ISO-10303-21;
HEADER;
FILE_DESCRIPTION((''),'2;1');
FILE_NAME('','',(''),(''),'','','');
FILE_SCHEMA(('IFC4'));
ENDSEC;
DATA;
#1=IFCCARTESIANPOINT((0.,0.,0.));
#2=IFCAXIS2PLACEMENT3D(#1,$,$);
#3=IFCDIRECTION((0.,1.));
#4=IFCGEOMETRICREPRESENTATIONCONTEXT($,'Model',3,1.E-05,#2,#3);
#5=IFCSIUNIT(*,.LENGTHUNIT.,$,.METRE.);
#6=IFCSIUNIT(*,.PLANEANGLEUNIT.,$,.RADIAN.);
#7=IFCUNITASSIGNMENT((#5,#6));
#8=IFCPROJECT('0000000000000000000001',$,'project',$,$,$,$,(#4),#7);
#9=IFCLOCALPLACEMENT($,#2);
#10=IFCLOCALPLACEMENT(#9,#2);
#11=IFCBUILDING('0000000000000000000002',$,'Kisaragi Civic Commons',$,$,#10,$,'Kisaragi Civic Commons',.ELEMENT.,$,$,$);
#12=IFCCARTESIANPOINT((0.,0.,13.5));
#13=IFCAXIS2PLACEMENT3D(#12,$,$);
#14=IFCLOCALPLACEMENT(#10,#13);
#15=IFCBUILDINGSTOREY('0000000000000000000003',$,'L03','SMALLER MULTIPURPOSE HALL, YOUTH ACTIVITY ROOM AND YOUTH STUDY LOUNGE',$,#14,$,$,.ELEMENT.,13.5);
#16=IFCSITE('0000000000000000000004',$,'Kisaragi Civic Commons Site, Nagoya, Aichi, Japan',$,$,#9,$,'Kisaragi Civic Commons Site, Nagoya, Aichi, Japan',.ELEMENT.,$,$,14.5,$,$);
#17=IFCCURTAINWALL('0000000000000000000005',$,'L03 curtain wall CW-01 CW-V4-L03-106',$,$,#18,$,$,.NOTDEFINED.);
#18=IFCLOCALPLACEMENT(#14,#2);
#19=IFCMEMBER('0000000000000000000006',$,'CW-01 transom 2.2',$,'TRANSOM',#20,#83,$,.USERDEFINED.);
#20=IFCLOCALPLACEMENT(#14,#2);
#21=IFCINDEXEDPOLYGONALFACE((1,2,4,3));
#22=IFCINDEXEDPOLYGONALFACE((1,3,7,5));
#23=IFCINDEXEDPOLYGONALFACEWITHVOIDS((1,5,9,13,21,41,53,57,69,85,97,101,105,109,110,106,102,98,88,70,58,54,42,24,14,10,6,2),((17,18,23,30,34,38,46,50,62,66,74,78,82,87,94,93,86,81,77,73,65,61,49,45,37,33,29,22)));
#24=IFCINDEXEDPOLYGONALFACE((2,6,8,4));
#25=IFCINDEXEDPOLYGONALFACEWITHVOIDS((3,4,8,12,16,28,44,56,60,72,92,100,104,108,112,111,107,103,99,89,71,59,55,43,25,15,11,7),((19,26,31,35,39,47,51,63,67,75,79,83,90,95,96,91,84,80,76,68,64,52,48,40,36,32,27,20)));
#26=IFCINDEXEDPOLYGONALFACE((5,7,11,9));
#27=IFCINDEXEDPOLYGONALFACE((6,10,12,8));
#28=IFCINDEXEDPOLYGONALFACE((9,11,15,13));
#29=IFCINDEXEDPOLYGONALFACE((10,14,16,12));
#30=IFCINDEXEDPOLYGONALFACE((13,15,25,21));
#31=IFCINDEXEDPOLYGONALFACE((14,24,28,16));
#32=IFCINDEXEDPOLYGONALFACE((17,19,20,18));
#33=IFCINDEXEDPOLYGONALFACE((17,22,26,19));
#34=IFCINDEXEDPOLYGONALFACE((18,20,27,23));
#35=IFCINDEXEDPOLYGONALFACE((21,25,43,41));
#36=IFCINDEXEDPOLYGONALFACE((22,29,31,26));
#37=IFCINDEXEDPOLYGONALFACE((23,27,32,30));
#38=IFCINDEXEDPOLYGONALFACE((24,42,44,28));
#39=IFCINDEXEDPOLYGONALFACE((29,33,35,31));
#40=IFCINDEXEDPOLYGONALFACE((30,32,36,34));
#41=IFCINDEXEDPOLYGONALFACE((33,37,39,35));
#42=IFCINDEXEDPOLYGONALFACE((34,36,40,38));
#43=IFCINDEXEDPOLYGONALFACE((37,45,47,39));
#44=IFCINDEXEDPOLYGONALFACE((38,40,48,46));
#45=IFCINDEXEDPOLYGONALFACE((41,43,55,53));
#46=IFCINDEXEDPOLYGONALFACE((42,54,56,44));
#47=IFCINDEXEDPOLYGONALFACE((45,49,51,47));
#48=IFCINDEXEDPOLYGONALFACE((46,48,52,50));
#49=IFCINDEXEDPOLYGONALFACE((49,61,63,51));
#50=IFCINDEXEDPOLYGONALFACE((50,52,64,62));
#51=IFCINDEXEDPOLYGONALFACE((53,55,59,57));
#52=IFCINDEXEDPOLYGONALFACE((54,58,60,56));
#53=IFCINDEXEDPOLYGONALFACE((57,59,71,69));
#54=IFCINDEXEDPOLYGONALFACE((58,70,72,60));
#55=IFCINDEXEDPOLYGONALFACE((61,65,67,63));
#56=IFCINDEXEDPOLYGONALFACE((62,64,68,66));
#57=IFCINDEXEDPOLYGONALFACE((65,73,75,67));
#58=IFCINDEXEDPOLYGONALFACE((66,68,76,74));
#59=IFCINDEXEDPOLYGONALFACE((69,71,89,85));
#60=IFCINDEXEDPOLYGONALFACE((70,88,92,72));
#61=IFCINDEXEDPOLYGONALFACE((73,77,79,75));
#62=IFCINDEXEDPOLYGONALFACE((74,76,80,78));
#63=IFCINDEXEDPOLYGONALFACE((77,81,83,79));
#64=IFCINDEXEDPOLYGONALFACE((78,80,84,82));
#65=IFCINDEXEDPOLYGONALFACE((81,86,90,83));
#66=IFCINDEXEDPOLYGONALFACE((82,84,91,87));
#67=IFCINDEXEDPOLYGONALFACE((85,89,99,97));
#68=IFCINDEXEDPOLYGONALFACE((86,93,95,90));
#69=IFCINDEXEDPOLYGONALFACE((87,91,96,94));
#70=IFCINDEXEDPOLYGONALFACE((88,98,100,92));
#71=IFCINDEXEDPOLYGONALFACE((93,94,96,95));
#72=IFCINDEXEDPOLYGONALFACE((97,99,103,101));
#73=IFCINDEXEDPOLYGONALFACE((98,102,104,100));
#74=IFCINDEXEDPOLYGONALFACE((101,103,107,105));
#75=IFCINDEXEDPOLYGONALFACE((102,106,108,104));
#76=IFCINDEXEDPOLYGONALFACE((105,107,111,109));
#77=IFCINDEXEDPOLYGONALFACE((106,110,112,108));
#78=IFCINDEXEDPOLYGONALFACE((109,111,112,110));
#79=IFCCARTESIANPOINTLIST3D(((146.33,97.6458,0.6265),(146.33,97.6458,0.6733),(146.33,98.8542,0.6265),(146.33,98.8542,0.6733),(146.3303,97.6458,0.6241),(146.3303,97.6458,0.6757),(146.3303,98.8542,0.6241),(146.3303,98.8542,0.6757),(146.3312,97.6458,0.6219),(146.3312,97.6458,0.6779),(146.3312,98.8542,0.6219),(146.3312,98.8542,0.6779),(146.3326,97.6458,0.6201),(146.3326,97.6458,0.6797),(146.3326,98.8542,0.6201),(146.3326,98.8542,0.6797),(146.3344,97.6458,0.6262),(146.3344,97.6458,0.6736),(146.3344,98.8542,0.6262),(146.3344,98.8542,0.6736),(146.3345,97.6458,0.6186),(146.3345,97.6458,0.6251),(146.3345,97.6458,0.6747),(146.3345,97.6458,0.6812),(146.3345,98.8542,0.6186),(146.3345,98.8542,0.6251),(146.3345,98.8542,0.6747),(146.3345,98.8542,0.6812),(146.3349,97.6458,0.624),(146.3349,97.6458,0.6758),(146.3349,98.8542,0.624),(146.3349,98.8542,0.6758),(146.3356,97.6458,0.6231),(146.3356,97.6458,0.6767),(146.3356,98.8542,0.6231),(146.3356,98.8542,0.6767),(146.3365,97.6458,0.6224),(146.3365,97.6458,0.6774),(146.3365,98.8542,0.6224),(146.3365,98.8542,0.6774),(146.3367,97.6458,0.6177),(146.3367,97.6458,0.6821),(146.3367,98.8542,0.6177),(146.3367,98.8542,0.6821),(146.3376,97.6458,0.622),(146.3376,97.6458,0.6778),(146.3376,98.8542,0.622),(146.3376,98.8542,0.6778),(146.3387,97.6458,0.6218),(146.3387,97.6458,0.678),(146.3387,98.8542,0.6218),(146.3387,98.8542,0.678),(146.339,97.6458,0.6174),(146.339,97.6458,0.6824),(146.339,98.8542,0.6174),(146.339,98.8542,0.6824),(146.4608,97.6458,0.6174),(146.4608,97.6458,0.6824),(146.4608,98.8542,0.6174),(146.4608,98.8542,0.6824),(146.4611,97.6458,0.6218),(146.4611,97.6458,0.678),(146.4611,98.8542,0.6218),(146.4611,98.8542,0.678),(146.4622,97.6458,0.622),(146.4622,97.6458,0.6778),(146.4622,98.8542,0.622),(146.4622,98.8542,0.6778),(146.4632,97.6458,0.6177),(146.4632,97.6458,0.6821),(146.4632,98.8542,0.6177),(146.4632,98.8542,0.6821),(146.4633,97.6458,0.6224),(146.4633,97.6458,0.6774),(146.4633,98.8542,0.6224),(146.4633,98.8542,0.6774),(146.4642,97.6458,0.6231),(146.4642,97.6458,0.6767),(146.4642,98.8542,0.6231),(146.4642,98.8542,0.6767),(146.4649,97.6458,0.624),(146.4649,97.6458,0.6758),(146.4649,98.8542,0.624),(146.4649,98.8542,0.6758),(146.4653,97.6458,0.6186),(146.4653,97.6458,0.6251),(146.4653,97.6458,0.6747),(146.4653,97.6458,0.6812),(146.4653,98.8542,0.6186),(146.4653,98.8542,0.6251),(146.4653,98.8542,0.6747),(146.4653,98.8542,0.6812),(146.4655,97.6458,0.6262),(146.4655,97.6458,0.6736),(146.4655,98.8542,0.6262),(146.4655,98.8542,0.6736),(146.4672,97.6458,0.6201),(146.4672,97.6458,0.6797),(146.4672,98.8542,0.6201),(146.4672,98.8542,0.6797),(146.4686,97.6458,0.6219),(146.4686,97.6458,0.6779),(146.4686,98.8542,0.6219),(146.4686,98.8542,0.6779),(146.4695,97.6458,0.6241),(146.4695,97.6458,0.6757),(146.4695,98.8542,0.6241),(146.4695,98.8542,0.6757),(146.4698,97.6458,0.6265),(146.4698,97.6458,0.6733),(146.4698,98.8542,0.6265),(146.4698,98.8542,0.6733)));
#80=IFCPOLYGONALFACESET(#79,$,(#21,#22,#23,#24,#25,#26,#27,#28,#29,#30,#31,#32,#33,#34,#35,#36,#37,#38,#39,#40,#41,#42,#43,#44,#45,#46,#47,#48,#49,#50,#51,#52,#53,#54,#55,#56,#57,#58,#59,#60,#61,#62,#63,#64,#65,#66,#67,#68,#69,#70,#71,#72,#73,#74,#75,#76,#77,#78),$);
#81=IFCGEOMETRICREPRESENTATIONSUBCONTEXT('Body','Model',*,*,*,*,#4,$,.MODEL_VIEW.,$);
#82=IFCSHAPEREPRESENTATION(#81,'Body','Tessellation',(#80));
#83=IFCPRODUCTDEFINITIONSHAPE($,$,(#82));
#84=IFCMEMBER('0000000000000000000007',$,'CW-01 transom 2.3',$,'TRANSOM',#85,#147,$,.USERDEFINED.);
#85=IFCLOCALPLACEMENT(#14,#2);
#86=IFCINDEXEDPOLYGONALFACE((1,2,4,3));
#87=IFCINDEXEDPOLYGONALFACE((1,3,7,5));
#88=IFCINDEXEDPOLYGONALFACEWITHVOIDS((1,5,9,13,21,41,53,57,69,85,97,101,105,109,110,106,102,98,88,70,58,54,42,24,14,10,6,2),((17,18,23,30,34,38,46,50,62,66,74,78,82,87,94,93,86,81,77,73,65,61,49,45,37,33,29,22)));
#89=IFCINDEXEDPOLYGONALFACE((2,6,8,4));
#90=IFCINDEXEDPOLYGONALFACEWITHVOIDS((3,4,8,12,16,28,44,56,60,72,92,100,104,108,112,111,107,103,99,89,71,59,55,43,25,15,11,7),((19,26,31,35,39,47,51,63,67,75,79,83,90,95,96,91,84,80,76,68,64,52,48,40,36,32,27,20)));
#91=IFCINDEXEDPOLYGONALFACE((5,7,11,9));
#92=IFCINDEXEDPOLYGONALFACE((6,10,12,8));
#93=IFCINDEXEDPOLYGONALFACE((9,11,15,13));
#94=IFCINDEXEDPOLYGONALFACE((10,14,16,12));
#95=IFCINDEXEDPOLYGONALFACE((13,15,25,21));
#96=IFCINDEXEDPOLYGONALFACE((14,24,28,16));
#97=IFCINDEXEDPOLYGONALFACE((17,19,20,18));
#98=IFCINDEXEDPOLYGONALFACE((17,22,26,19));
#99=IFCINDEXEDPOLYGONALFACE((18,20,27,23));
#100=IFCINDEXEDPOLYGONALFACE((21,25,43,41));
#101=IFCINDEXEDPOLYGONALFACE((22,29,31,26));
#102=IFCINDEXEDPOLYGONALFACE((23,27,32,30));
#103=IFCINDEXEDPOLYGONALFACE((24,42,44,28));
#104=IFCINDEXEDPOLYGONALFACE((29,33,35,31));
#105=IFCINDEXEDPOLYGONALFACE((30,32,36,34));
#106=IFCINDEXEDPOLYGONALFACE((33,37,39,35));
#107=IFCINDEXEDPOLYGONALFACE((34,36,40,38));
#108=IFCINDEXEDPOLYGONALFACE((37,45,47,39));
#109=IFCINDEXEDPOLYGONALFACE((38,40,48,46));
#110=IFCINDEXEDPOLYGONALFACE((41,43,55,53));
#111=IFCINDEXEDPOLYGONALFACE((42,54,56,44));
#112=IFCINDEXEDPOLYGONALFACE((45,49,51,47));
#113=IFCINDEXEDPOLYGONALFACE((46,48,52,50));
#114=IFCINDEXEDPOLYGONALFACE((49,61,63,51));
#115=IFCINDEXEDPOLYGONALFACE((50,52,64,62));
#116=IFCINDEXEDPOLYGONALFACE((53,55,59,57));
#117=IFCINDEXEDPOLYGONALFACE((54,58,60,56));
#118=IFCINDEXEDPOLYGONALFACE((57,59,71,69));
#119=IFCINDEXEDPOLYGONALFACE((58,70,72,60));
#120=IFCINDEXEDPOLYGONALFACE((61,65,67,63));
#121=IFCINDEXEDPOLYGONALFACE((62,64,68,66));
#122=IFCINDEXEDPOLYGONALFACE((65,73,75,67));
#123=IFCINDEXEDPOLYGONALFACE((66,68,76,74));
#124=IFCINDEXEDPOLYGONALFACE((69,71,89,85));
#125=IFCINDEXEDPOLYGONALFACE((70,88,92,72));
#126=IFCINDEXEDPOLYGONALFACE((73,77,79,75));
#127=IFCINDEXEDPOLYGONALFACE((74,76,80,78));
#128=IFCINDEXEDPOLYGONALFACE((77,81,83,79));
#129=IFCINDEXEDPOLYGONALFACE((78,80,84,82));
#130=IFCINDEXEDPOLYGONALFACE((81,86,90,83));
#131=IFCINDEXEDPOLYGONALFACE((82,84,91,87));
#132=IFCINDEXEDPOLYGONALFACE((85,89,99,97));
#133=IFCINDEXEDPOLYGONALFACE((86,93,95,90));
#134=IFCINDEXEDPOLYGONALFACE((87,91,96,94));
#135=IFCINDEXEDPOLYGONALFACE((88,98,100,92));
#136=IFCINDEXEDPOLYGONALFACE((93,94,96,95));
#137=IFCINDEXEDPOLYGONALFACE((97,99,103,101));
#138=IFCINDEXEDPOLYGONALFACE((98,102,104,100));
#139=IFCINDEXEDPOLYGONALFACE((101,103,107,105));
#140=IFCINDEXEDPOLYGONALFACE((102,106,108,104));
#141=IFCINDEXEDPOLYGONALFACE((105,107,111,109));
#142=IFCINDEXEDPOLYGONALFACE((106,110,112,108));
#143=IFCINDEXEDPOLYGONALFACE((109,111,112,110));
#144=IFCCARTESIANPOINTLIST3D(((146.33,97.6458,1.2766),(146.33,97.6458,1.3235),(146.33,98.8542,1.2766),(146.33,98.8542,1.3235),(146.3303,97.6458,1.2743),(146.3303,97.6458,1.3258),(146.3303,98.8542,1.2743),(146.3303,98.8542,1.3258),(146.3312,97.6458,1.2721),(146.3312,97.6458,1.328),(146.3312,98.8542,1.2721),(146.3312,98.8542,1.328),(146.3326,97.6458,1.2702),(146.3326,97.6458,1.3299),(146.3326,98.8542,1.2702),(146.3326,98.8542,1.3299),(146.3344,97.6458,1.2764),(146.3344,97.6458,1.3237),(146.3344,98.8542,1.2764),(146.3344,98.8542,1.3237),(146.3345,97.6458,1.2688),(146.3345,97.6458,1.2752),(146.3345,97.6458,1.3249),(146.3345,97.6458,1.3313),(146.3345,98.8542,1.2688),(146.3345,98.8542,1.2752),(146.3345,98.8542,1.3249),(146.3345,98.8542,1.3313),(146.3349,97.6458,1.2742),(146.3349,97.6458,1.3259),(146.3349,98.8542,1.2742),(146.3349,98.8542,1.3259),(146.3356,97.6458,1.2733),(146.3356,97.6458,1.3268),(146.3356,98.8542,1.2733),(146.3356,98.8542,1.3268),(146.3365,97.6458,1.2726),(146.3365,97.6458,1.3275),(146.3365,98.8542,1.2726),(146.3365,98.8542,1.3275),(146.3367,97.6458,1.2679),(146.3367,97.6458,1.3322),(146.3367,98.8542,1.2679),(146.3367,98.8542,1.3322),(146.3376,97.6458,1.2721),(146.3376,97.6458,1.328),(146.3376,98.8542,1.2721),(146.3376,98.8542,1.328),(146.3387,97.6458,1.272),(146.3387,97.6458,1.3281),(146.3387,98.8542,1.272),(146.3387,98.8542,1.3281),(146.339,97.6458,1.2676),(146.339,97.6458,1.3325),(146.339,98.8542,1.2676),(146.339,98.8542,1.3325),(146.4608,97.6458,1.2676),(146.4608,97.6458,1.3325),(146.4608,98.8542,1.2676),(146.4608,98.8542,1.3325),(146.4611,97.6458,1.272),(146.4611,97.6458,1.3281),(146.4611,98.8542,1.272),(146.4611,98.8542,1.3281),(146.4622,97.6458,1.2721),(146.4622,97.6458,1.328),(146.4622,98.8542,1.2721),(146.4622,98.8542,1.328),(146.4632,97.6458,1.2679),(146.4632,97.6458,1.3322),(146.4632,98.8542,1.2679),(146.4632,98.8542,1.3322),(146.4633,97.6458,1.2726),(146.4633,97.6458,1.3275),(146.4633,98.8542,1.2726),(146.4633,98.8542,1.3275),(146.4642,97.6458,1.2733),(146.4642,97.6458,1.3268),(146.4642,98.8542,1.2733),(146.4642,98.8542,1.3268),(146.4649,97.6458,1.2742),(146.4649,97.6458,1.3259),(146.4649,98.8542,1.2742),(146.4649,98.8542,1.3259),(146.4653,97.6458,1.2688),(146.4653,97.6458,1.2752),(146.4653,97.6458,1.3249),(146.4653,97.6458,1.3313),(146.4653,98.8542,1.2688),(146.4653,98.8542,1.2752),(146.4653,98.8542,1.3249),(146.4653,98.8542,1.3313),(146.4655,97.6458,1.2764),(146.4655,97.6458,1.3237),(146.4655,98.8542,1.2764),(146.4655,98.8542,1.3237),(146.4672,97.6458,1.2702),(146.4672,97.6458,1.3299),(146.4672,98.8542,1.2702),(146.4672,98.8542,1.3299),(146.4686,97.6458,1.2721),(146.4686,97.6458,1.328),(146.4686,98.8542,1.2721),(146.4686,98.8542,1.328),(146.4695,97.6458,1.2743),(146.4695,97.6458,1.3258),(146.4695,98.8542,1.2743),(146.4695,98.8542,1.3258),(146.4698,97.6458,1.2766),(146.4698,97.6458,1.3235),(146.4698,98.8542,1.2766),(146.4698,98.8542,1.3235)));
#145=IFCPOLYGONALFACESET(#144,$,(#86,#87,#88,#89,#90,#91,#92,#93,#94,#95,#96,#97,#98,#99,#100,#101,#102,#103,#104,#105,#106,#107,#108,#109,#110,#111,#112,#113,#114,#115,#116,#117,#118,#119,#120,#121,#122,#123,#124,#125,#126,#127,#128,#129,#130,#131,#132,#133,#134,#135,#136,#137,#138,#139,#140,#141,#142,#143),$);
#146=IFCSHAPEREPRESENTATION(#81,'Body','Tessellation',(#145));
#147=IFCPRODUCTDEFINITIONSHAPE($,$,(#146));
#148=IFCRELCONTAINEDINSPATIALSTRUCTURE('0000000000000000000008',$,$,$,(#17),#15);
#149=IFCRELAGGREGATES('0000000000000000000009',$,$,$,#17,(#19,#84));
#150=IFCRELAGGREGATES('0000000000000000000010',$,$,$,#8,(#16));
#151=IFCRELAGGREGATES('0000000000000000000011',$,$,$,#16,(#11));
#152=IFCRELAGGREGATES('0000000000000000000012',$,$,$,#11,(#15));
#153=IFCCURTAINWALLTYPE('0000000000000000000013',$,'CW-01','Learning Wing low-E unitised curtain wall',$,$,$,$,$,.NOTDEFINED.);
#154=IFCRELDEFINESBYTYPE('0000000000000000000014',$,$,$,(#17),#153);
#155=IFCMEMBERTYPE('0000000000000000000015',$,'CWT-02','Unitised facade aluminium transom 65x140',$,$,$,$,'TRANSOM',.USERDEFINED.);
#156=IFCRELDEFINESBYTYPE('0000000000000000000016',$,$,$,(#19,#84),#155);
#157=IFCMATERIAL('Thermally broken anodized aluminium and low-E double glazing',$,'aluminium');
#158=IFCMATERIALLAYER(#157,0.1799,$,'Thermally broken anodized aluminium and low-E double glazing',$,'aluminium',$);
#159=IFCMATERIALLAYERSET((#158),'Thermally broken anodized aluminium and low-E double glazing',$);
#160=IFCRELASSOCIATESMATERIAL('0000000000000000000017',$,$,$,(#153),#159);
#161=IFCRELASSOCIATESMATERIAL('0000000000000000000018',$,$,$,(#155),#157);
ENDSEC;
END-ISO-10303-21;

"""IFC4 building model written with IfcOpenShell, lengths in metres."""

from ifc_helpers import new_model, si_unit, direction, frame, origin, origin_2d, place, context, subcontext, project, spatial, hollow_rectangle, extrude, material, layer, layer_set, material_profile, profile_set, type_object, element, aggregate, save


model = new_model("IFC4")

# Units and contexts
model_context = context("Model", 3, precision=1e-05, world=origin(), true_north=direction((0.0, 1.0)))
body_context = subcontext(model_context, "Body", "Model", "MODEL_VIEW")
ifc_project = project(units=[si_unit("LENGTHUNIT", "METRE"), si_unit("PLANEANGLEUNIT", "RADIAN")], contexts=[model_context])

# Site, building, storey
site_placement = place(None, origin())
site = spatial("IfcSite", under=ifc_project, at=site_placement, Name="Kisaragi Civic Commons Site, Nagoya, Aichi, Japan", LongName="Kisaragi Civic Commons Site, Nagoya, Aichi, Japan", CompositionType="ELEMENT", RefElevation=14.5)
building_placement = place(site_placement, origin())
building = spatial("IfcBuilding", under=site, at=building_placement, Name="Kisaragi Civic Commons", LongName="Kisaragi Civic Commons", CompositionType="ELEMENT")
storey_placement = place(building_placement, frame((0.0, 0.0, 13.5)))
storey = spatial("IfcBuildingStorey", under=building, at=storey_placement, Name="L03", Description="SMALLER MULTIPURPOSE HALL, YOUTH ACTIVITY ROOM AND YOUTH STUDY LOUNGE", CompositionType="ELEMENT", Elevation=13.5)

# Curtain wall, members
ifc_material = material(Name="Thermally broken anodized aluminium and low-E double glazing", Category="aluminium")
ifc_layer_1 = layer(ifc_material, 0.1799, Name="Thermally broken anodized aluminium and low-E double glazing", Category="aluminium")
ifc_layer_set_1 = layer_set([ifc_layer_1], Name="Thermally broken anodized aluminium and low-E double glazing")
curtain_wall_type = type_object("IfcCurtainWallType", Name="CW-01", Description="Learning Wing low-E unitised curtain wall", PredefinedType="NOTDEFINED", material=ifc_layer_set_1)
curtain_wall_placement = place(storey_placement, origin())
curtain_wall = element("IfcCurtainWall", 1, at=curtain_wall_placement, inside=storey, type_object=curtain_wall_type, Name="L03 curtain wall CW-01 CW-V4-L03-106", PredefinedType="NOTDEFINED")
ifc_material_profile_1 = material_profile(ifc_material, hollow_rectangle(XDim=0.1399, YDim=0.0649, WallThickness=0.0044, InnerFilletRadius=0.0044, OuterFilletRadius=0.009, at=origin_2d()), Name="CWT-65x140x4.5", Category="aluminium")
ifc_profile_set_1 = profile_set([ifc_material_profile_1], Name="Thermally broken anodized aluminium and low-E double glazing")
member_type_1 = type_object("IfcMemberType", Name="CWT-02", Description="Unitised facade aluminium transom 65x140", ElementType="TRANSOM", PredefinedType="USERDEFINED", material=ifc_profile_set_1)
member_1_placement = place(storey_placement, frame((146.3999, 98.8542, 0.6499), z_axis=(0.0, -1.0, 0.0), x_axis=(1.0, 0.0, 0.0)))
member_1 = element("IfcMember", 2, at=member_1_placement, type_object=member_type_1, Name="CW-01 transom 2.2", ObjectType="TRANSOM", PredefinedType="USERDEFINED", context=body_context, shape_type="SweptSolid", body=[
    extrude(hollow_rectangle(XDim=0.1399, YDim=0.0649, WallThickness=0.0044, InnerFilletRadius=0.0044, OuterFilletRadius=0.009, at=origin_2d()), origin(), (0.0, 0.0, 1.0), 1.2085),
])
member_2_placement = place(storey_placement, frame((146.3999, 98.8542, 1.3), z_axis=(0.0, -1.0, 0.0), x_axis=(1.0, 0.0, 0.0)))
member_2 = element("IfcMember", 3, at=member_2_placement, type_object=member_type_1, Name="CW-01 transom 2.3", ObjectType="TRANSOM", PredefinedType="USERDEFINED", context=body_context, shape_type="SweptSolid", body=[
    extrude(hollow_rectangle(XDim=0.1399, YDim=0.0649, WallThickness=0.0044, InnerFilletRadius=0.0044, OuterFilletRadius=0.009, at=origin_2d()), origin(), (0.0, 0.0, 1.0), 1.2085),
])
aggregate(curtain_wall, [member_1, member_2])

save(model, "model.ifc")
